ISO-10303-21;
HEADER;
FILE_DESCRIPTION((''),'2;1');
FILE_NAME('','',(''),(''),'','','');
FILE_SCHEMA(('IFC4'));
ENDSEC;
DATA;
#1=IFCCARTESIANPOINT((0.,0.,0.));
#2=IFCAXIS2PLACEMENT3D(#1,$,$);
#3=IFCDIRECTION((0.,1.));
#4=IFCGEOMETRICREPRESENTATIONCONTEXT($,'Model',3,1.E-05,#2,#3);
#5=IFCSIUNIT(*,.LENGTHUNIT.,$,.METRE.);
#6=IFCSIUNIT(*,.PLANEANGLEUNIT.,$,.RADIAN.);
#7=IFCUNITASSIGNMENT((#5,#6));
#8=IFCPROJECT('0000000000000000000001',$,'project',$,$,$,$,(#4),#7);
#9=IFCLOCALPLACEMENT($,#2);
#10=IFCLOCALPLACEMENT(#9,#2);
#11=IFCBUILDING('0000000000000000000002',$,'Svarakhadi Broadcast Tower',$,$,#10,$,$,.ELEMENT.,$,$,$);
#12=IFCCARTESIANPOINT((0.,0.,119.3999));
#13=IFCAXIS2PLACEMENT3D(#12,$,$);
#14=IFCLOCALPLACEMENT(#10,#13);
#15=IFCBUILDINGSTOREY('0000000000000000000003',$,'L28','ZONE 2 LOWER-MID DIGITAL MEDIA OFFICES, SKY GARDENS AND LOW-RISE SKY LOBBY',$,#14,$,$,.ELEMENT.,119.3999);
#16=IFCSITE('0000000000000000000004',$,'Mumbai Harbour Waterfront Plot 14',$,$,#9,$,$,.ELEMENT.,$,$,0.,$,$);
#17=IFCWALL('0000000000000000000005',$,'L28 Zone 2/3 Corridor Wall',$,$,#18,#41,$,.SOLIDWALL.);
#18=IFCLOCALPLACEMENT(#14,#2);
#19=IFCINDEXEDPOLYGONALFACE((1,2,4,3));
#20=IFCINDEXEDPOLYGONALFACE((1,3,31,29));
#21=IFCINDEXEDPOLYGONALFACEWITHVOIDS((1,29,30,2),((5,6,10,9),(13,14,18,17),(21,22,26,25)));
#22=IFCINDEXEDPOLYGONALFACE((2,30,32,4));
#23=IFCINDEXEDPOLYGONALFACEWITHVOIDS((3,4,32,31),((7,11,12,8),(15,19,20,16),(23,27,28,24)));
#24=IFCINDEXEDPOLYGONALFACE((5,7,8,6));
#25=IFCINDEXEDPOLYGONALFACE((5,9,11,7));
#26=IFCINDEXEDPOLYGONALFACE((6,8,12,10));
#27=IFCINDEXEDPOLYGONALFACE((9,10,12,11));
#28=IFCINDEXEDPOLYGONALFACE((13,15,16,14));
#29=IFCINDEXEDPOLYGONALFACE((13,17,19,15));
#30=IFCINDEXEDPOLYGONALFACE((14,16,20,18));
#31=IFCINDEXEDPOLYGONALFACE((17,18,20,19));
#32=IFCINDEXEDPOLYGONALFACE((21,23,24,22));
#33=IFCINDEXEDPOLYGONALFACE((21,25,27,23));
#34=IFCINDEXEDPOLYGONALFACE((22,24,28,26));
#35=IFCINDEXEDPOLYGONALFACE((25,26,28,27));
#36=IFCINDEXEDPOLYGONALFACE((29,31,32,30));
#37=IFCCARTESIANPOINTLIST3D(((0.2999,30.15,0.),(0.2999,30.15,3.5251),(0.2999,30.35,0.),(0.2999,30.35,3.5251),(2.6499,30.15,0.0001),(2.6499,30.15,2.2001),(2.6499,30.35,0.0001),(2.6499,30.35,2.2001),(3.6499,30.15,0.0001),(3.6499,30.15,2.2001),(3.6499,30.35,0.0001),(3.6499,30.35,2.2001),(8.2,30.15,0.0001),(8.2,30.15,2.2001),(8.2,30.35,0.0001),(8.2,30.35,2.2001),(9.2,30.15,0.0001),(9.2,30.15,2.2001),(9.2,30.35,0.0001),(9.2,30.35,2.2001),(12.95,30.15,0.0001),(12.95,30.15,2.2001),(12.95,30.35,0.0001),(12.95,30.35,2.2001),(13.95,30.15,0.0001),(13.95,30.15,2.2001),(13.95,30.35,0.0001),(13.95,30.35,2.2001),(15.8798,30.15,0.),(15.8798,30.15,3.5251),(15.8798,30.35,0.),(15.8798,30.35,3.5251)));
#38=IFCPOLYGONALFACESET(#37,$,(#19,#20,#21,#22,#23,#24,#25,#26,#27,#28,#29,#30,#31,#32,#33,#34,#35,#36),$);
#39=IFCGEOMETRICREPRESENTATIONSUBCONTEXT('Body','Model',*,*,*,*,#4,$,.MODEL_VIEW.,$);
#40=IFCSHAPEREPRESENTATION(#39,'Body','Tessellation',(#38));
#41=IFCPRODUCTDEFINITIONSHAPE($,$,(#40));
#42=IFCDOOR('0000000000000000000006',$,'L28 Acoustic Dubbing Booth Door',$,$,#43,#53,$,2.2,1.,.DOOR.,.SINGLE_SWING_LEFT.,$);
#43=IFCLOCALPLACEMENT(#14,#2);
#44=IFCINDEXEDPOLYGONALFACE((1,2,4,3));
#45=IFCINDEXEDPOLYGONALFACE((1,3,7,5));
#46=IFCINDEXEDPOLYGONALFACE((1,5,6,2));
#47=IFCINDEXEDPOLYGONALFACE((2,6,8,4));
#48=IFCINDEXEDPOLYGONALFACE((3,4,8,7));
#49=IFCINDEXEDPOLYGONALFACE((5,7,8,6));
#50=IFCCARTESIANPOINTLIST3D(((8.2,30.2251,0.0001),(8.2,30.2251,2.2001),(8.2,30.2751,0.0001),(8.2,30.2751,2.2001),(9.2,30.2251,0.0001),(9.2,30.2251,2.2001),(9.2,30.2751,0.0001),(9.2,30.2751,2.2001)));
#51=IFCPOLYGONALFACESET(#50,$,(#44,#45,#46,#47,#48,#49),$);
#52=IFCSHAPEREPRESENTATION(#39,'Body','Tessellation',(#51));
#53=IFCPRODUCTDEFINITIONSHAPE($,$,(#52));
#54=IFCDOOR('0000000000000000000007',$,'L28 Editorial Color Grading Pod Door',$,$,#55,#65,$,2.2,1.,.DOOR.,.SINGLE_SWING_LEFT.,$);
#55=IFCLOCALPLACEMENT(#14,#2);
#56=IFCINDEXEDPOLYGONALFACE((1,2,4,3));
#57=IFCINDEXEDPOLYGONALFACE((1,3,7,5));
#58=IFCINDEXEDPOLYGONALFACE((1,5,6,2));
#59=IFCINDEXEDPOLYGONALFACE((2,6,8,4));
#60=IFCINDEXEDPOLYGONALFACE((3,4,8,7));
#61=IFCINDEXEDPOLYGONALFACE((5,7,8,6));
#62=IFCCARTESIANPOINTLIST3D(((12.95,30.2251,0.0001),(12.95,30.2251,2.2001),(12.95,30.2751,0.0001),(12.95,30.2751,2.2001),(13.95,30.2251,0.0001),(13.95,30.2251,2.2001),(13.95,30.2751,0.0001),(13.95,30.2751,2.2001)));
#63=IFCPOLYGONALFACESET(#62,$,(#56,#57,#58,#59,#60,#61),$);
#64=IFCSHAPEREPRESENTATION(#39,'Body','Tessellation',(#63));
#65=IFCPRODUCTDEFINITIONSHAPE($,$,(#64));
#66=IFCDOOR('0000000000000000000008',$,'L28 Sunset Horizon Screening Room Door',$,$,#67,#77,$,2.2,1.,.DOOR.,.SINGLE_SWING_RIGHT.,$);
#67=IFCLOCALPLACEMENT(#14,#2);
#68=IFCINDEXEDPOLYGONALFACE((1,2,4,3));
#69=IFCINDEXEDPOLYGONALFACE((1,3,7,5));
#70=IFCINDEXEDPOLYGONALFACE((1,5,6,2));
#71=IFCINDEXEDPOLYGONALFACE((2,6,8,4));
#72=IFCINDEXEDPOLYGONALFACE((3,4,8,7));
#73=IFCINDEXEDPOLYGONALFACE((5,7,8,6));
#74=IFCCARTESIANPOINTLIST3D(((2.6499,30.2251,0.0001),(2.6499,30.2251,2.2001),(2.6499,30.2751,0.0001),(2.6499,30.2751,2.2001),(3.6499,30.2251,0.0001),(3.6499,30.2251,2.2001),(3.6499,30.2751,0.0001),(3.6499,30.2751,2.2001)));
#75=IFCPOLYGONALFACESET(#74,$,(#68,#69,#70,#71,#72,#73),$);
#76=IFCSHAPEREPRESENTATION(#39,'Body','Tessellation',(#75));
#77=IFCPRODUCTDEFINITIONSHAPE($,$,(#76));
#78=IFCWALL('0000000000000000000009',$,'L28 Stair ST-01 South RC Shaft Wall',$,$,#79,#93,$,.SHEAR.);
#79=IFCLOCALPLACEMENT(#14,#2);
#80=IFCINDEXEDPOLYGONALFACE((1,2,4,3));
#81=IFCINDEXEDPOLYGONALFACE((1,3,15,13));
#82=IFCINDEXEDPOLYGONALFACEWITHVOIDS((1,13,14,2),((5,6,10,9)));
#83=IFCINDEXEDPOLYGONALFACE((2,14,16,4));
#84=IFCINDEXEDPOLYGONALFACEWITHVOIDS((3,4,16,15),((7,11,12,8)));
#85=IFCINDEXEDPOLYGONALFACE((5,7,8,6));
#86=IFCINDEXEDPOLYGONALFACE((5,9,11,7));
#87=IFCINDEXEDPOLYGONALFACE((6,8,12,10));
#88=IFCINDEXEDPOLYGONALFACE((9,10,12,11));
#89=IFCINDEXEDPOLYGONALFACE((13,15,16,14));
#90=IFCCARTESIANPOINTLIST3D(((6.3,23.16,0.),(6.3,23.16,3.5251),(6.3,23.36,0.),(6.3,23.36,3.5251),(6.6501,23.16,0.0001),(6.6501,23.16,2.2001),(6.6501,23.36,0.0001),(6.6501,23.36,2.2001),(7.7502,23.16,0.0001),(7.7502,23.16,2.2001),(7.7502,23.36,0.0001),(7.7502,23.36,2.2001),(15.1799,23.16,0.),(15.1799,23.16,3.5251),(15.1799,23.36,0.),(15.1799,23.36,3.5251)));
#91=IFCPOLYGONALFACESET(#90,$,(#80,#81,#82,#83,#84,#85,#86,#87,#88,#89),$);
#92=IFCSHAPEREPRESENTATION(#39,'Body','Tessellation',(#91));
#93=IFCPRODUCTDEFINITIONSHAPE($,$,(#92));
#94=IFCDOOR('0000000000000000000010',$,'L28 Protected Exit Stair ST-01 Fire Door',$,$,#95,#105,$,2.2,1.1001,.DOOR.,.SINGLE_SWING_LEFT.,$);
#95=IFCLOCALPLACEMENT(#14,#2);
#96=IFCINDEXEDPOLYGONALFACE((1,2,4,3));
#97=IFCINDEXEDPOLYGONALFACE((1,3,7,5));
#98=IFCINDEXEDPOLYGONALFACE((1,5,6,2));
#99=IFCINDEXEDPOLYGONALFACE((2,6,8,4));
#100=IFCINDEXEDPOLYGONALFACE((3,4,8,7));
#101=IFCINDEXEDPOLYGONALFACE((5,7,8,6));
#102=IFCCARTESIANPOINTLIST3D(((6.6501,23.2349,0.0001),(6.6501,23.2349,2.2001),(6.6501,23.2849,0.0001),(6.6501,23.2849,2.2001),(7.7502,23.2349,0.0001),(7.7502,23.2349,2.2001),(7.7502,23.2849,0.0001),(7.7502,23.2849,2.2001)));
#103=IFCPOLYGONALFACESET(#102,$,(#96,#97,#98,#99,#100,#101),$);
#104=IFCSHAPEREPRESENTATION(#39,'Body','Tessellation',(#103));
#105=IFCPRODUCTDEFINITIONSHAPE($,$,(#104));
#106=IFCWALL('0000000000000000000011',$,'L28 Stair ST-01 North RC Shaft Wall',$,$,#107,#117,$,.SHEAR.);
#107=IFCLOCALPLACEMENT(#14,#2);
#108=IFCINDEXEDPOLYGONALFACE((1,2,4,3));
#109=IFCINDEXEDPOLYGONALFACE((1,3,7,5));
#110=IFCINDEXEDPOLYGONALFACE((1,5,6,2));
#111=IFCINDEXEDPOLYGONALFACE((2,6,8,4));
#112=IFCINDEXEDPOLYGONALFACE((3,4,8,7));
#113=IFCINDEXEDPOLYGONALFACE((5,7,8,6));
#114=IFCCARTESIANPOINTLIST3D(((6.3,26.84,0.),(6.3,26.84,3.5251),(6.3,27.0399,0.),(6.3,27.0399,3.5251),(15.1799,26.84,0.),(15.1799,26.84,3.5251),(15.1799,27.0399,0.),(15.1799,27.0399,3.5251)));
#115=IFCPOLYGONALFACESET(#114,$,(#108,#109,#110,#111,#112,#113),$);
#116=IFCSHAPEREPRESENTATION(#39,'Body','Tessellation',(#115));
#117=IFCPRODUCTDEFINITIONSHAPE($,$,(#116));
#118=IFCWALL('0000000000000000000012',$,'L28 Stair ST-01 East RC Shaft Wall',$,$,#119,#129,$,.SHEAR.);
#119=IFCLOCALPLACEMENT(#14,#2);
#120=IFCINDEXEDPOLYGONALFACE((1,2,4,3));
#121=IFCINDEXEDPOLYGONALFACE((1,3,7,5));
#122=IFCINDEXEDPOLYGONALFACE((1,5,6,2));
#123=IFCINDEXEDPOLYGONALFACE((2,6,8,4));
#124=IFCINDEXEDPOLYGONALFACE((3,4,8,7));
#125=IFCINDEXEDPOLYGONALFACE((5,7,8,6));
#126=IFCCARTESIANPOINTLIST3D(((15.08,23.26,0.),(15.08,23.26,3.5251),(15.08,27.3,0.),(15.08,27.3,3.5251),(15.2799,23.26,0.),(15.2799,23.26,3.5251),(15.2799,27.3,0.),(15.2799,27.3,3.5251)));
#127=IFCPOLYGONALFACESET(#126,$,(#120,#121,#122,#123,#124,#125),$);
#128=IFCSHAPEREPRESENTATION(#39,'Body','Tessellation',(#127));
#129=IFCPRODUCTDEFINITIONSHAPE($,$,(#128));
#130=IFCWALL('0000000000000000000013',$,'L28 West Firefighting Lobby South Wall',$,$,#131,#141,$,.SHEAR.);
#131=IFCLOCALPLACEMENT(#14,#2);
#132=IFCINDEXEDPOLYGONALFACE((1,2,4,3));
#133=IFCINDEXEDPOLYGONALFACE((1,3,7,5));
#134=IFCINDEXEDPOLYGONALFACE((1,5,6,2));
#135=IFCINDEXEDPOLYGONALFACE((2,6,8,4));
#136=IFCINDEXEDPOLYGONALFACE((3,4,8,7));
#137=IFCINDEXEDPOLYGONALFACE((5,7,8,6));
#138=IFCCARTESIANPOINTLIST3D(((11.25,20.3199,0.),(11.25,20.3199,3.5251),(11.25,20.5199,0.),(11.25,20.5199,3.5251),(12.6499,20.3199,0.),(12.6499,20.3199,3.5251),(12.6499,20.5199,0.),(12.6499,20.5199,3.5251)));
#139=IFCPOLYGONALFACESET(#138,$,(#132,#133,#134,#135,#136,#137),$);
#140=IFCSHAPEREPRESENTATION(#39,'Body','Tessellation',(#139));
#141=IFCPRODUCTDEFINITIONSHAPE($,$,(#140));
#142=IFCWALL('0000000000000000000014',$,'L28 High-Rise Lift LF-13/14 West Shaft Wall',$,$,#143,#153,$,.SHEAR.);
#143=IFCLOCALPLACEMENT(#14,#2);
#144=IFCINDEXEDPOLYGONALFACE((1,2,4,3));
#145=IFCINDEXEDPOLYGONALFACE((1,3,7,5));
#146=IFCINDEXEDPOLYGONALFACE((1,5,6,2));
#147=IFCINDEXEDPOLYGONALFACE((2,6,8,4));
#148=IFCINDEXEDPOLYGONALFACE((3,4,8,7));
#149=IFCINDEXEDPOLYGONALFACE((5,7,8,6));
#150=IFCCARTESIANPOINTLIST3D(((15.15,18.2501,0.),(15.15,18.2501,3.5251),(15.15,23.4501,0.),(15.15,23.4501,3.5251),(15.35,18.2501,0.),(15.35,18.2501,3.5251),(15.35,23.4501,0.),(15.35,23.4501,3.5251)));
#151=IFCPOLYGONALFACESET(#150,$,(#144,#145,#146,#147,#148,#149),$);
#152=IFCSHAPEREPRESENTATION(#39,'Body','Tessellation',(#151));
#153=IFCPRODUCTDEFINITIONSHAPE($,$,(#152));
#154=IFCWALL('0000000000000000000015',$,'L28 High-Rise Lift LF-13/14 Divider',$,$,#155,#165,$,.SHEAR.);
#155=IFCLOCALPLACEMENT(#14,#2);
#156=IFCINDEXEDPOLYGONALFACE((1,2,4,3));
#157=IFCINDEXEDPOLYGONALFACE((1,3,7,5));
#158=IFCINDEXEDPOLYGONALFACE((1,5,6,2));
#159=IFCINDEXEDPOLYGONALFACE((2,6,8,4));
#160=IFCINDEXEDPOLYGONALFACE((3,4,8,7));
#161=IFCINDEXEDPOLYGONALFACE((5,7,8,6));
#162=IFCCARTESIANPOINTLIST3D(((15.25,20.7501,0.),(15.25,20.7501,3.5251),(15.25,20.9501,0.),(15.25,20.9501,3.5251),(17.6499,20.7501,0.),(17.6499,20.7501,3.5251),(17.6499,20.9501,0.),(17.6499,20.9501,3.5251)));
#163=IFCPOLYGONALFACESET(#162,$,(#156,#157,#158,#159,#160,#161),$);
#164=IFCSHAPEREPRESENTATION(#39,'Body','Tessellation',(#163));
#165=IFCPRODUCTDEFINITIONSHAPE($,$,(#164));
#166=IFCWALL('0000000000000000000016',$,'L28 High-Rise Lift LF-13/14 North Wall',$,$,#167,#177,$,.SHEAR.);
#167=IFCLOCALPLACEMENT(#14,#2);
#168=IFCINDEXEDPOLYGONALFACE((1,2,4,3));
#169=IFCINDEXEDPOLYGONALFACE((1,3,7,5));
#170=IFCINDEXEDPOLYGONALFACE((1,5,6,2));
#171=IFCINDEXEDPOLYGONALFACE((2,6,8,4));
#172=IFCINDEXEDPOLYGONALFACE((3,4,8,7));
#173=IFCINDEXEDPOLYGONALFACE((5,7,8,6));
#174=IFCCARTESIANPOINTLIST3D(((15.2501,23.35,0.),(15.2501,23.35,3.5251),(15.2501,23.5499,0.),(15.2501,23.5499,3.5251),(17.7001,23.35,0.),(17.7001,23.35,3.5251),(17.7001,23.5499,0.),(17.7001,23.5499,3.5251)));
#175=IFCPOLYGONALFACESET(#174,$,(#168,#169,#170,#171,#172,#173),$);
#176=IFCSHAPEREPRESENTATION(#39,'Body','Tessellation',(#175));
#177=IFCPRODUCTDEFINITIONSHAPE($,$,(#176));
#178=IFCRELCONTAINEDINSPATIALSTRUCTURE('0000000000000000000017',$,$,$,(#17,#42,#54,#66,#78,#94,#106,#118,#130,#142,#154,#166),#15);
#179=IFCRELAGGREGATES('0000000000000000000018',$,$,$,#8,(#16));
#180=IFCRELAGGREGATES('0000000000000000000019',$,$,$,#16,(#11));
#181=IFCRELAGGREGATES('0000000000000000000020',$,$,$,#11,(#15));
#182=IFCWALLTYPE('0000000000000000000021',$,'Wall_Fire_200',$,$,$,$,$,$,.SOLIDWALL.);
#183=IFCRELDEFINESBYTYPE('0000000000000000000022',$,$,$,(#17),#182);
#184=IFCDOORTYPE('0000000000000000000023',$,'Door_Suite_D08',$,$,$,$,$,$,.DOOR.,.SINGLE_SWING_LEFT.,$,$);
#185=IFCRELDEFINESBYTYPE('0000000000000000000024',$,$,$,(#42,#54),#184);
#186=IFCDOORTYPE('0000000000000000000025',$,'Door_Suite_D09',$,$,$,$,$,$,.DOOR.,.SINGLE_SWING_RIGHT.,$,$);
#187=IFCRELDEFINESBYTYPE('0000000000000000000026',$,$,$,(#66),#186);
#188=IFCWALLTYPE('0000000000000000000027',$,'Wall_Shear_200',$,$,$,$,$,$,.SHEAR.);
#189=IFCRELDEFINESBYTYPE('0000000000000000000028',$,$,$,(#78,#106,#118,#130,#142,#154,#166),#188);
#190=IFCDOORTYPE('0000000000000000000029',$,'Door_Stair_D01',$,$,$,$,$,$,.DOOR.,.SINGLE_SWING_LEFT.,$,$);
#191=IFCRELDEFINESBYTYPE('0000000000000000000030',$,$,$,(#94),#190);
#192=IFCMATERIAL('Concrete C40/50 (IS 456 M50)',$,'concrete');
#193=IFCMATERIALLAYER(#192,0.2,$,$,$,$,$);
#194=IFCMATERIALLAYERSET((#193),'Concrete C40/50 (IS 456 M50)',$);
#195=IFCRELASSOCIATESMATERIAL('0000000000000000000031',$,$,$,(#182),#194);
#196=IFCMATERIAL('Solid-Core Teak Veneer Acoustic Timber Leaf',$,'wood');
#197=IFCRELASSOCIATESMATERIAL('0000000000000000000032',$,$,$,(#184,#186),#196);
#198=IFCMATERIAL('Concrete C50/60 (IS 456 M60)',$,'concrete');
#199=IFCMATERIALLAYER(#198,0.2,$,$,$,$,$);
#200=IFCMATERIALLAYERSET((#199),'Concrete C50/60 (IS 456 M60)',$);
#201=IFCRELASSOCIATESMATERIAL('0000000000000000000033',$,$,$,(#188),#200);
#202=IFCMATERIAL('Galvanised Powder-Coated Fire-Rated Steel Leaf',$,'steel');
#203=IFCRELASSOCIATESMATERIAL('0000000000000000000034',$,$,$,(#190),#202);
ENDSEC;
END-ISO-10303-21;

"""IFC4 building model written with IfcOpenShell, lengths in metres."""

from ifc_helpers import new_model, si_unit, direction, frame, frame_2d, origin, place, context, subcontext, project, spatial, rectangle, extrude, material, layer, layer_set, type_object, element, fill, save


model = new_model("IFC4")

# Units and contexts
model_context = context("Model", 3, precision=1e-05, world=origin(), true_north=direction((0.0, 1.0)))
body_context = subcontext(model_context, "Body", "Model", "MODEL_VIEW")
ifc_project = project(units=[si_unit("LENGTHUNIT", "METRE"), si_unit("PLANEANGLEUNIT", "RADIAN")], contexts=[model_context])

# Site, building, storey
site_placement = place(None, origin())
site = spatial("IfcSite", under=ifc_project, at=site_placement, Name="Mumbai Harbour Waterfront Plot 14", CompositionType="ELEMENT", RefElevation=0.0)
building_placement = place(site_placement, origin())
building = spatial("IfcBuilding", under=site, at=building_placement, Name="Svarakhadi Broadcast Tower", CompositionType="ELEMENT")
storey_placement = place(building_placement, frame((0.0, 0.0, 119.3999)))
storey = spatial("IfcBuildingStorey", under=building, at=storey_placement, Name="L28", Description="ZONE 2 LOWER-MID DIGITAL MEDIA OFFICES, SKY GARDENS AND LOW-RISE SKY LOBBY", CompositionType="ELEMENT", Elevation=119.3999)

# Shared definitions
ifc_material_1 = material(Name="Concrete C50/60 (IS 456 M60)", Category="concrete")

# Shared definitions
ifc_material_2 = material(Name="Concrete C40/50 (IS 456 M50)", Category="concrete")
ifc_layer_1 = layer(ifc_material_2, 0.2)
ifc_layer_set_1 = layer_set([ifc_layer_1], Name="Concrete C40/50 (IS 456 M50)")
wall_type_1 = type_object("IfcWallType", Name="Wall_Fire_200", PredefinedType="SOLIDWALL", material=ifc_layer_set_1)

# Wall, openings, doors
wall_1_placement = place(storey_placement, frame((15.8799, 30.25, 0.0), z_axis=(0.0, 0.0, 1.0), x_axis=(-1.0, 0.0, 0.0)))
wall_1 = element("IfcWall", 1, at=wall_1_placement, inside=storey, type_object=wall_type_1, Name="L28 Zone 2/3 Corridor Wall", PredefinedType="SOLIDWALL", context=body_context, shape_type="SweptSolid", body=[
    extrude(rectangle(XDim=15.5798, YDim=0.2, at=frame_2d((7.79, 0.0))), origin(), (0.0, 0.0, 1.0), 3.5251),
])
opening_1_placement = place(wall_1_placement, frame((12.23, 0.0, 0.0)))
opening_1 = element("IfcOpeningElement", 2, at=opening_1_placement, cuts=wall_1, PredefinedType="OPENING", context=body_context, shape_type="SweptSolid", body=[
    extrude(rectangle(XDim=1.0, YDim=2.2, at=frame_2d((0.5, 1.1001))), frame((0.0, 0.1099, 0.0), z_axis=(0.0, -1.0, 0.0), x_axis=(1.0, 0.0, 0.0)), (0.0, 0.0, 1.0), 0.22),
])
opening_2_placement = place(wall_1_placement, frame((6.6799, 0.0, 0.0)))
opening_2 = element("IfcOpeningElement", 3, at=opening_2_placement, cuts=wall_1, PredefinedType="OPENING", context=body_context, shape_type="SweptSolid", body=[
    extrude(rectangle(XDim=1.0, YDim=2.2, at=frame_2d((0.5, 1.1001))), frame((0.0, 0.1099, 0.0), z_axis=(0.0, -1.0, 0.0), x_axis=(1.0, 0.0, 0.0)), (0.0, 0.0, 1.0), 0.22),
])
opening_3_placement = place(wall_1_placement, frame((1.9299, 0.0, 0.0)))
opening_3 = element("IfcOpeningElement", 4, at=opening_3_placement, cuts=wall_1, PredefinedType="OPENING", context=body_context, shape_type="SweptSolid", body=[
    extrude(rectangle(XDim=1.0, YDim=2.2, at=frame_2d((0.5, 1.1001))), frame((0.0, 0.1099, 0.0), z_axis=(0.0, -1.0, 0.0), x_axis=(1.0, 0.0, 0.0)), (0.0, 0.0, 1.0), 0.22),
])
ifc_material_3 = material(Name="Solid-Core Teak Veneer Acoustic Timber Leaf", Category="wood")
door_type_1 = type_object("IfcDoorType", Name="Door_Suite_D08", OperationType="SINGLE_SWING_LEFT", PredefinedType="DOOR", material=ifc_material_3)
door_1_placement = place(opening_2_placement, origin())
door_1 = element("IfcDoor", 5, at=door_1_placement, inside=storey, type_object=door_type_1, Name="L28 Acoustic Dubbing Booth Door", OperationType="SINGLE_SWING_LEFT", OverallHeight=2.2, OverallWidth=1.0, PredefinedType="DOOR", context=body_context, shape_type="SweptSolid", body=[
    extrude(rectangle(XDim=1.0, YDim=2.2, at=frame_2d((0.5, 1.1001))), frame((0.0, 0.0249, 0.0), z_axis=(0.0, -1.0, 0.0), x_axis=(1.0, 0.0, 0.0)), (0.0, 0.0, 1.0), 0.05),
])
fill(opening_2, door_1)
door_2_placement = place(opening_3_placement, origin())
door_2 = element("IfcDoor", 6, at=door_2_placement, inside=storey, type_object=door_type_1, Name="L28 Editorial Color Grading Pod Door", OperationType="SINGLE_SWING_LEFT", OverallHeight=2.2, OverallWidth=1.0, PredefinedType="DOOR", context=body_context, shape_type="SweptSolid", body=[
    extrude(rectangle(XDim=1.0, YDim=2.2, at=frame_2d((0.5, 1.1001))), frame((0.0, 0.0249, 0.0), z_axis=(0.0, -1.0, 0.0), x_axis=(1.0, 0.0, 0.0)), (0.0, 0.0, 1.0), 0.05),
])
fill(opening_3, door_2)
door_type_2 = type_object("IfcDoorType", Name="Door_Suite_D09", OperationType="SINGLE_SWING_RIGHT", PredefinedType="DOOR", material=ifc_material_3)
door_3_placement = place(opening_1_placement, origin())
door_3 = element("IfcDoor", 7, at=door_3_placement, inside=storey, type_object=door_type_2, Name="L28 Sunset Horizon Screening Room Door", OperationType="SINGLE_SWING_RIGHT", OverallHeight=2.2, OverallWidth=1.0, PredefinedType="DOOR", context=body_context, shape_type="SweptSolid", body=[
    extrude(rectangle(XDim=1.0, YDim=2.2, at=frame_2d((0.5, 1.1001))), frame((0.0, 0.0249, 0.0), z_axis=(0.0, -1.0, 0.0), x_axis=(1.0, 0.0, 0.0)), (0.0, 0.0, 1.0), 0.05),
])
fill(opening_1, door_3)

# Wall, opening, door
ifc_layer_2 = layer(ifc_material_1, 0.2)
ifc_layer_set_2 = layer_set([ifc_layer_2], Name="Concrete C50/60 (IS 456 M60)")
wall_type_2 = type_object("IfcWallType", Name="Wall_Shear_200", PredefinedType="SHEAR", material=ifc_layer_set_2)
wall_2_placement = place(storey_placement, frame((6.3, 23.26, 0.0), z_axis=(0.0, 0.0, 1.0), x_axis=(1.0, 0.0, 0.0)))
wall_2 = element("IfcWall", 8, at=wall_2_placement, inside=storey, type_object=wall_type_2, Name="L28 Stair ST-01 South RC Shaft Wall", PredefinedType="SHEAR", context=body_context, shape_type="SweptSolid", body=[
    extrude(rectangle(XDim=8.8799, YDim=0.2, at=frame_2d((4.4399, 0.0))), origin(), (0.0, 0.0, 1.0), 3.5251),
])
opening_4_placement = place(wall_2_placement, frame((0.3501, 0.0, 0.0)))
opening_4 = element("IfcOpeningElement", 9, at=opening_4_placement, cuts=wall_2, PredefinedType="OPENING", context=body_context, shape_type="SweptSolid", body=[
    extrude(rectangle(XDim=1.1001, YDim=2.2, at=frame_2d((0.55, 1.1001))), frame((0.0, 0.1099, 0.0), z_axis=(0.0, -1.0, 0.0), x_axis=(1.0, 0.0, 0.0)), (0.0, 0.0, 1.0), 0.22),
])
ifc_material_4 = material(Name="Galvanised Powder-Coated Fire-Rated Steel Leaf", Category="steel")
door_type_3 = type_object("IfcDoorType", Name="Door_Stair_D01", OperationType="SINGLE_SWING_LEFT", PredefinedType="DOOR", material=ifc_material_4)
door_4_placement = place(opening_4_placement, origin())
door_4 = element("IfcDoor", 10, at=door_4_placement, inside=storey, type_object=door_type_3, Name="L28 Protected Exit Stair ST-01 Fire Door", OperationType="SINGLE_SWING_LEFT", OverallHeight=2.2, OverallWidth=1.1001, PredefinedType="DOOR", context=body_context, shape_type="SweptSolid", body=[
    extrude(rectangle(XDim=1.1001, YDim=2.2, at=frame_2d((0.55, 1.1001))), frame((0.0, 0.0249, 0.0), z_axis=(0.0, -1.0, 0.0), x_axis=(1.0, 0.0, 0.0)), (0.0, 0.0, 1.0), 0.05),
])
fill(opening_4, door_4)

# Walls
wall_3_placement = place(storey_placement, frame((6.3, 26.9399, 0.0), z_axis=(0.0, 0.0, 1.0), x_axis=(1.0, 0.0, 0.0)))
element("IfcWall", 11, at=wall_3_placement, inside=storey, type_object=wall_type_2, Name="L28 Stair ST-01 North RC Shaft Wall", PredefinedType="SHEAR", context=body_context, shape_type="SweptSolid", body=[
    extrude(rectangle(XDim=8.8799, YDim=0.2, at=frame_2d((4.4399, 0.0))), origin(), (0.0, 0.0, 1.0), 3.5251),
])
wall_4_placement = place(storey_placement, frame((15.1799, 23.26, 0.0), z_axis=(0.0, 0.0, 1.0), x_axis=(0.0, 1.0, 0.0)))
element("IfcWall", 12, at=wall_4_placement, inside=storey, type_object=wall_type_2, Name="L28 Stair ST-01 East RC Shaft Wall", PredefinedType="SHEAR", context=body_context, shape_type="SweptSolid", body=[
    extrude(rectangle(XDim=4.04, YDim=0.2, at=frame_2d((2.02, 0.0))), origin(), (0.0, 0.0, 1.0), 3.5251),
])
wall_5_placement = place(storey_placement, frame((11.25, 20.4199, 0.0), z_axis=(0.0, 0.0, 1.0), x_axis=(1.0, 0.0, 0.0)))
element("IfcWall", 13, at=wall_5_placement, inside=storey, type_object=wall_type_2, Name="L28 West Firefighting Lobby South Wall", PredefinedType="SHEAR", context=body_context, shape_type="SweptSolid", body=[
    extrude(rectangle(XDim=1.3999, YDim=0.2, at=frame_2d((0.7, 0.0))), origin(), (0.0, 0.0, 1.0), 3.5251),
])

# Walls
wall_6_placement = place(storey_placement, frame((15.25, 18.25, 0.0), z_axis=(0.0, 0.0, 1.0), x_axis=(0.0, 1.0, 0.0)))
element("IfcWall", 14, at=wall_6_placement, inside=storey, type_object=wall_type_2, Name="L28 High-Rise Lift LF-13/14 West Shaft Wall", PredefinedType="SHEAR", context=body_context, shape_type="SweptSolid", body=[
    extrude(rectangle(XDim=5.2, YDim=0.2, at=frame_2d((2.6001, 0.0))), origin(), (0.0, 0.0, 1.0), 3.5251),
])
wall_7_placement = place(storey_placement, frame((15.25, 20.8501, 0.0), z_axis=(0.0, 0.0, 1.0), x_axis=(1.0, 0.0, 0.0)))
element("IfcWall", 15, at=wall_7_placement, inside=storey, type_object=wall_type_2, Name="L28 High-Rise Lift LF-13/14 Divider", PredefinedType="SHEAR", context=body_context, shape_type="SweptSolid", body=[
    extrude(rectangle(XDim=2.3999, YDim=0.2, at=frame_2d((1.2, 0.0))), origin(), (0.0, 0.0, 1.0), 3.5251),
])
wall_8_placement = place(storey_placement, frame((15.25, 23.45, 0.0), z_axis=(0.0, 0.0, 1.0), x_axis=(1.0, 0.0, 0.0)))
element("IfcWall", 16, at=wall_8_placement, inside=storey, type_object=wall_type_2, Name="L28 High-Rise Lift LF-13/14 North Wall", PredefinedType="SHEAR", context=body_context, shape_type="SweptSolid", body=[
    extrude(rectangle(XDim=2.45, YDim=0.2, at=frame_2d((1.2251, 0.0))), origin(), (0.0, 0.0, 1.0), 3.5251),
])

save(model, "model.ifc")
